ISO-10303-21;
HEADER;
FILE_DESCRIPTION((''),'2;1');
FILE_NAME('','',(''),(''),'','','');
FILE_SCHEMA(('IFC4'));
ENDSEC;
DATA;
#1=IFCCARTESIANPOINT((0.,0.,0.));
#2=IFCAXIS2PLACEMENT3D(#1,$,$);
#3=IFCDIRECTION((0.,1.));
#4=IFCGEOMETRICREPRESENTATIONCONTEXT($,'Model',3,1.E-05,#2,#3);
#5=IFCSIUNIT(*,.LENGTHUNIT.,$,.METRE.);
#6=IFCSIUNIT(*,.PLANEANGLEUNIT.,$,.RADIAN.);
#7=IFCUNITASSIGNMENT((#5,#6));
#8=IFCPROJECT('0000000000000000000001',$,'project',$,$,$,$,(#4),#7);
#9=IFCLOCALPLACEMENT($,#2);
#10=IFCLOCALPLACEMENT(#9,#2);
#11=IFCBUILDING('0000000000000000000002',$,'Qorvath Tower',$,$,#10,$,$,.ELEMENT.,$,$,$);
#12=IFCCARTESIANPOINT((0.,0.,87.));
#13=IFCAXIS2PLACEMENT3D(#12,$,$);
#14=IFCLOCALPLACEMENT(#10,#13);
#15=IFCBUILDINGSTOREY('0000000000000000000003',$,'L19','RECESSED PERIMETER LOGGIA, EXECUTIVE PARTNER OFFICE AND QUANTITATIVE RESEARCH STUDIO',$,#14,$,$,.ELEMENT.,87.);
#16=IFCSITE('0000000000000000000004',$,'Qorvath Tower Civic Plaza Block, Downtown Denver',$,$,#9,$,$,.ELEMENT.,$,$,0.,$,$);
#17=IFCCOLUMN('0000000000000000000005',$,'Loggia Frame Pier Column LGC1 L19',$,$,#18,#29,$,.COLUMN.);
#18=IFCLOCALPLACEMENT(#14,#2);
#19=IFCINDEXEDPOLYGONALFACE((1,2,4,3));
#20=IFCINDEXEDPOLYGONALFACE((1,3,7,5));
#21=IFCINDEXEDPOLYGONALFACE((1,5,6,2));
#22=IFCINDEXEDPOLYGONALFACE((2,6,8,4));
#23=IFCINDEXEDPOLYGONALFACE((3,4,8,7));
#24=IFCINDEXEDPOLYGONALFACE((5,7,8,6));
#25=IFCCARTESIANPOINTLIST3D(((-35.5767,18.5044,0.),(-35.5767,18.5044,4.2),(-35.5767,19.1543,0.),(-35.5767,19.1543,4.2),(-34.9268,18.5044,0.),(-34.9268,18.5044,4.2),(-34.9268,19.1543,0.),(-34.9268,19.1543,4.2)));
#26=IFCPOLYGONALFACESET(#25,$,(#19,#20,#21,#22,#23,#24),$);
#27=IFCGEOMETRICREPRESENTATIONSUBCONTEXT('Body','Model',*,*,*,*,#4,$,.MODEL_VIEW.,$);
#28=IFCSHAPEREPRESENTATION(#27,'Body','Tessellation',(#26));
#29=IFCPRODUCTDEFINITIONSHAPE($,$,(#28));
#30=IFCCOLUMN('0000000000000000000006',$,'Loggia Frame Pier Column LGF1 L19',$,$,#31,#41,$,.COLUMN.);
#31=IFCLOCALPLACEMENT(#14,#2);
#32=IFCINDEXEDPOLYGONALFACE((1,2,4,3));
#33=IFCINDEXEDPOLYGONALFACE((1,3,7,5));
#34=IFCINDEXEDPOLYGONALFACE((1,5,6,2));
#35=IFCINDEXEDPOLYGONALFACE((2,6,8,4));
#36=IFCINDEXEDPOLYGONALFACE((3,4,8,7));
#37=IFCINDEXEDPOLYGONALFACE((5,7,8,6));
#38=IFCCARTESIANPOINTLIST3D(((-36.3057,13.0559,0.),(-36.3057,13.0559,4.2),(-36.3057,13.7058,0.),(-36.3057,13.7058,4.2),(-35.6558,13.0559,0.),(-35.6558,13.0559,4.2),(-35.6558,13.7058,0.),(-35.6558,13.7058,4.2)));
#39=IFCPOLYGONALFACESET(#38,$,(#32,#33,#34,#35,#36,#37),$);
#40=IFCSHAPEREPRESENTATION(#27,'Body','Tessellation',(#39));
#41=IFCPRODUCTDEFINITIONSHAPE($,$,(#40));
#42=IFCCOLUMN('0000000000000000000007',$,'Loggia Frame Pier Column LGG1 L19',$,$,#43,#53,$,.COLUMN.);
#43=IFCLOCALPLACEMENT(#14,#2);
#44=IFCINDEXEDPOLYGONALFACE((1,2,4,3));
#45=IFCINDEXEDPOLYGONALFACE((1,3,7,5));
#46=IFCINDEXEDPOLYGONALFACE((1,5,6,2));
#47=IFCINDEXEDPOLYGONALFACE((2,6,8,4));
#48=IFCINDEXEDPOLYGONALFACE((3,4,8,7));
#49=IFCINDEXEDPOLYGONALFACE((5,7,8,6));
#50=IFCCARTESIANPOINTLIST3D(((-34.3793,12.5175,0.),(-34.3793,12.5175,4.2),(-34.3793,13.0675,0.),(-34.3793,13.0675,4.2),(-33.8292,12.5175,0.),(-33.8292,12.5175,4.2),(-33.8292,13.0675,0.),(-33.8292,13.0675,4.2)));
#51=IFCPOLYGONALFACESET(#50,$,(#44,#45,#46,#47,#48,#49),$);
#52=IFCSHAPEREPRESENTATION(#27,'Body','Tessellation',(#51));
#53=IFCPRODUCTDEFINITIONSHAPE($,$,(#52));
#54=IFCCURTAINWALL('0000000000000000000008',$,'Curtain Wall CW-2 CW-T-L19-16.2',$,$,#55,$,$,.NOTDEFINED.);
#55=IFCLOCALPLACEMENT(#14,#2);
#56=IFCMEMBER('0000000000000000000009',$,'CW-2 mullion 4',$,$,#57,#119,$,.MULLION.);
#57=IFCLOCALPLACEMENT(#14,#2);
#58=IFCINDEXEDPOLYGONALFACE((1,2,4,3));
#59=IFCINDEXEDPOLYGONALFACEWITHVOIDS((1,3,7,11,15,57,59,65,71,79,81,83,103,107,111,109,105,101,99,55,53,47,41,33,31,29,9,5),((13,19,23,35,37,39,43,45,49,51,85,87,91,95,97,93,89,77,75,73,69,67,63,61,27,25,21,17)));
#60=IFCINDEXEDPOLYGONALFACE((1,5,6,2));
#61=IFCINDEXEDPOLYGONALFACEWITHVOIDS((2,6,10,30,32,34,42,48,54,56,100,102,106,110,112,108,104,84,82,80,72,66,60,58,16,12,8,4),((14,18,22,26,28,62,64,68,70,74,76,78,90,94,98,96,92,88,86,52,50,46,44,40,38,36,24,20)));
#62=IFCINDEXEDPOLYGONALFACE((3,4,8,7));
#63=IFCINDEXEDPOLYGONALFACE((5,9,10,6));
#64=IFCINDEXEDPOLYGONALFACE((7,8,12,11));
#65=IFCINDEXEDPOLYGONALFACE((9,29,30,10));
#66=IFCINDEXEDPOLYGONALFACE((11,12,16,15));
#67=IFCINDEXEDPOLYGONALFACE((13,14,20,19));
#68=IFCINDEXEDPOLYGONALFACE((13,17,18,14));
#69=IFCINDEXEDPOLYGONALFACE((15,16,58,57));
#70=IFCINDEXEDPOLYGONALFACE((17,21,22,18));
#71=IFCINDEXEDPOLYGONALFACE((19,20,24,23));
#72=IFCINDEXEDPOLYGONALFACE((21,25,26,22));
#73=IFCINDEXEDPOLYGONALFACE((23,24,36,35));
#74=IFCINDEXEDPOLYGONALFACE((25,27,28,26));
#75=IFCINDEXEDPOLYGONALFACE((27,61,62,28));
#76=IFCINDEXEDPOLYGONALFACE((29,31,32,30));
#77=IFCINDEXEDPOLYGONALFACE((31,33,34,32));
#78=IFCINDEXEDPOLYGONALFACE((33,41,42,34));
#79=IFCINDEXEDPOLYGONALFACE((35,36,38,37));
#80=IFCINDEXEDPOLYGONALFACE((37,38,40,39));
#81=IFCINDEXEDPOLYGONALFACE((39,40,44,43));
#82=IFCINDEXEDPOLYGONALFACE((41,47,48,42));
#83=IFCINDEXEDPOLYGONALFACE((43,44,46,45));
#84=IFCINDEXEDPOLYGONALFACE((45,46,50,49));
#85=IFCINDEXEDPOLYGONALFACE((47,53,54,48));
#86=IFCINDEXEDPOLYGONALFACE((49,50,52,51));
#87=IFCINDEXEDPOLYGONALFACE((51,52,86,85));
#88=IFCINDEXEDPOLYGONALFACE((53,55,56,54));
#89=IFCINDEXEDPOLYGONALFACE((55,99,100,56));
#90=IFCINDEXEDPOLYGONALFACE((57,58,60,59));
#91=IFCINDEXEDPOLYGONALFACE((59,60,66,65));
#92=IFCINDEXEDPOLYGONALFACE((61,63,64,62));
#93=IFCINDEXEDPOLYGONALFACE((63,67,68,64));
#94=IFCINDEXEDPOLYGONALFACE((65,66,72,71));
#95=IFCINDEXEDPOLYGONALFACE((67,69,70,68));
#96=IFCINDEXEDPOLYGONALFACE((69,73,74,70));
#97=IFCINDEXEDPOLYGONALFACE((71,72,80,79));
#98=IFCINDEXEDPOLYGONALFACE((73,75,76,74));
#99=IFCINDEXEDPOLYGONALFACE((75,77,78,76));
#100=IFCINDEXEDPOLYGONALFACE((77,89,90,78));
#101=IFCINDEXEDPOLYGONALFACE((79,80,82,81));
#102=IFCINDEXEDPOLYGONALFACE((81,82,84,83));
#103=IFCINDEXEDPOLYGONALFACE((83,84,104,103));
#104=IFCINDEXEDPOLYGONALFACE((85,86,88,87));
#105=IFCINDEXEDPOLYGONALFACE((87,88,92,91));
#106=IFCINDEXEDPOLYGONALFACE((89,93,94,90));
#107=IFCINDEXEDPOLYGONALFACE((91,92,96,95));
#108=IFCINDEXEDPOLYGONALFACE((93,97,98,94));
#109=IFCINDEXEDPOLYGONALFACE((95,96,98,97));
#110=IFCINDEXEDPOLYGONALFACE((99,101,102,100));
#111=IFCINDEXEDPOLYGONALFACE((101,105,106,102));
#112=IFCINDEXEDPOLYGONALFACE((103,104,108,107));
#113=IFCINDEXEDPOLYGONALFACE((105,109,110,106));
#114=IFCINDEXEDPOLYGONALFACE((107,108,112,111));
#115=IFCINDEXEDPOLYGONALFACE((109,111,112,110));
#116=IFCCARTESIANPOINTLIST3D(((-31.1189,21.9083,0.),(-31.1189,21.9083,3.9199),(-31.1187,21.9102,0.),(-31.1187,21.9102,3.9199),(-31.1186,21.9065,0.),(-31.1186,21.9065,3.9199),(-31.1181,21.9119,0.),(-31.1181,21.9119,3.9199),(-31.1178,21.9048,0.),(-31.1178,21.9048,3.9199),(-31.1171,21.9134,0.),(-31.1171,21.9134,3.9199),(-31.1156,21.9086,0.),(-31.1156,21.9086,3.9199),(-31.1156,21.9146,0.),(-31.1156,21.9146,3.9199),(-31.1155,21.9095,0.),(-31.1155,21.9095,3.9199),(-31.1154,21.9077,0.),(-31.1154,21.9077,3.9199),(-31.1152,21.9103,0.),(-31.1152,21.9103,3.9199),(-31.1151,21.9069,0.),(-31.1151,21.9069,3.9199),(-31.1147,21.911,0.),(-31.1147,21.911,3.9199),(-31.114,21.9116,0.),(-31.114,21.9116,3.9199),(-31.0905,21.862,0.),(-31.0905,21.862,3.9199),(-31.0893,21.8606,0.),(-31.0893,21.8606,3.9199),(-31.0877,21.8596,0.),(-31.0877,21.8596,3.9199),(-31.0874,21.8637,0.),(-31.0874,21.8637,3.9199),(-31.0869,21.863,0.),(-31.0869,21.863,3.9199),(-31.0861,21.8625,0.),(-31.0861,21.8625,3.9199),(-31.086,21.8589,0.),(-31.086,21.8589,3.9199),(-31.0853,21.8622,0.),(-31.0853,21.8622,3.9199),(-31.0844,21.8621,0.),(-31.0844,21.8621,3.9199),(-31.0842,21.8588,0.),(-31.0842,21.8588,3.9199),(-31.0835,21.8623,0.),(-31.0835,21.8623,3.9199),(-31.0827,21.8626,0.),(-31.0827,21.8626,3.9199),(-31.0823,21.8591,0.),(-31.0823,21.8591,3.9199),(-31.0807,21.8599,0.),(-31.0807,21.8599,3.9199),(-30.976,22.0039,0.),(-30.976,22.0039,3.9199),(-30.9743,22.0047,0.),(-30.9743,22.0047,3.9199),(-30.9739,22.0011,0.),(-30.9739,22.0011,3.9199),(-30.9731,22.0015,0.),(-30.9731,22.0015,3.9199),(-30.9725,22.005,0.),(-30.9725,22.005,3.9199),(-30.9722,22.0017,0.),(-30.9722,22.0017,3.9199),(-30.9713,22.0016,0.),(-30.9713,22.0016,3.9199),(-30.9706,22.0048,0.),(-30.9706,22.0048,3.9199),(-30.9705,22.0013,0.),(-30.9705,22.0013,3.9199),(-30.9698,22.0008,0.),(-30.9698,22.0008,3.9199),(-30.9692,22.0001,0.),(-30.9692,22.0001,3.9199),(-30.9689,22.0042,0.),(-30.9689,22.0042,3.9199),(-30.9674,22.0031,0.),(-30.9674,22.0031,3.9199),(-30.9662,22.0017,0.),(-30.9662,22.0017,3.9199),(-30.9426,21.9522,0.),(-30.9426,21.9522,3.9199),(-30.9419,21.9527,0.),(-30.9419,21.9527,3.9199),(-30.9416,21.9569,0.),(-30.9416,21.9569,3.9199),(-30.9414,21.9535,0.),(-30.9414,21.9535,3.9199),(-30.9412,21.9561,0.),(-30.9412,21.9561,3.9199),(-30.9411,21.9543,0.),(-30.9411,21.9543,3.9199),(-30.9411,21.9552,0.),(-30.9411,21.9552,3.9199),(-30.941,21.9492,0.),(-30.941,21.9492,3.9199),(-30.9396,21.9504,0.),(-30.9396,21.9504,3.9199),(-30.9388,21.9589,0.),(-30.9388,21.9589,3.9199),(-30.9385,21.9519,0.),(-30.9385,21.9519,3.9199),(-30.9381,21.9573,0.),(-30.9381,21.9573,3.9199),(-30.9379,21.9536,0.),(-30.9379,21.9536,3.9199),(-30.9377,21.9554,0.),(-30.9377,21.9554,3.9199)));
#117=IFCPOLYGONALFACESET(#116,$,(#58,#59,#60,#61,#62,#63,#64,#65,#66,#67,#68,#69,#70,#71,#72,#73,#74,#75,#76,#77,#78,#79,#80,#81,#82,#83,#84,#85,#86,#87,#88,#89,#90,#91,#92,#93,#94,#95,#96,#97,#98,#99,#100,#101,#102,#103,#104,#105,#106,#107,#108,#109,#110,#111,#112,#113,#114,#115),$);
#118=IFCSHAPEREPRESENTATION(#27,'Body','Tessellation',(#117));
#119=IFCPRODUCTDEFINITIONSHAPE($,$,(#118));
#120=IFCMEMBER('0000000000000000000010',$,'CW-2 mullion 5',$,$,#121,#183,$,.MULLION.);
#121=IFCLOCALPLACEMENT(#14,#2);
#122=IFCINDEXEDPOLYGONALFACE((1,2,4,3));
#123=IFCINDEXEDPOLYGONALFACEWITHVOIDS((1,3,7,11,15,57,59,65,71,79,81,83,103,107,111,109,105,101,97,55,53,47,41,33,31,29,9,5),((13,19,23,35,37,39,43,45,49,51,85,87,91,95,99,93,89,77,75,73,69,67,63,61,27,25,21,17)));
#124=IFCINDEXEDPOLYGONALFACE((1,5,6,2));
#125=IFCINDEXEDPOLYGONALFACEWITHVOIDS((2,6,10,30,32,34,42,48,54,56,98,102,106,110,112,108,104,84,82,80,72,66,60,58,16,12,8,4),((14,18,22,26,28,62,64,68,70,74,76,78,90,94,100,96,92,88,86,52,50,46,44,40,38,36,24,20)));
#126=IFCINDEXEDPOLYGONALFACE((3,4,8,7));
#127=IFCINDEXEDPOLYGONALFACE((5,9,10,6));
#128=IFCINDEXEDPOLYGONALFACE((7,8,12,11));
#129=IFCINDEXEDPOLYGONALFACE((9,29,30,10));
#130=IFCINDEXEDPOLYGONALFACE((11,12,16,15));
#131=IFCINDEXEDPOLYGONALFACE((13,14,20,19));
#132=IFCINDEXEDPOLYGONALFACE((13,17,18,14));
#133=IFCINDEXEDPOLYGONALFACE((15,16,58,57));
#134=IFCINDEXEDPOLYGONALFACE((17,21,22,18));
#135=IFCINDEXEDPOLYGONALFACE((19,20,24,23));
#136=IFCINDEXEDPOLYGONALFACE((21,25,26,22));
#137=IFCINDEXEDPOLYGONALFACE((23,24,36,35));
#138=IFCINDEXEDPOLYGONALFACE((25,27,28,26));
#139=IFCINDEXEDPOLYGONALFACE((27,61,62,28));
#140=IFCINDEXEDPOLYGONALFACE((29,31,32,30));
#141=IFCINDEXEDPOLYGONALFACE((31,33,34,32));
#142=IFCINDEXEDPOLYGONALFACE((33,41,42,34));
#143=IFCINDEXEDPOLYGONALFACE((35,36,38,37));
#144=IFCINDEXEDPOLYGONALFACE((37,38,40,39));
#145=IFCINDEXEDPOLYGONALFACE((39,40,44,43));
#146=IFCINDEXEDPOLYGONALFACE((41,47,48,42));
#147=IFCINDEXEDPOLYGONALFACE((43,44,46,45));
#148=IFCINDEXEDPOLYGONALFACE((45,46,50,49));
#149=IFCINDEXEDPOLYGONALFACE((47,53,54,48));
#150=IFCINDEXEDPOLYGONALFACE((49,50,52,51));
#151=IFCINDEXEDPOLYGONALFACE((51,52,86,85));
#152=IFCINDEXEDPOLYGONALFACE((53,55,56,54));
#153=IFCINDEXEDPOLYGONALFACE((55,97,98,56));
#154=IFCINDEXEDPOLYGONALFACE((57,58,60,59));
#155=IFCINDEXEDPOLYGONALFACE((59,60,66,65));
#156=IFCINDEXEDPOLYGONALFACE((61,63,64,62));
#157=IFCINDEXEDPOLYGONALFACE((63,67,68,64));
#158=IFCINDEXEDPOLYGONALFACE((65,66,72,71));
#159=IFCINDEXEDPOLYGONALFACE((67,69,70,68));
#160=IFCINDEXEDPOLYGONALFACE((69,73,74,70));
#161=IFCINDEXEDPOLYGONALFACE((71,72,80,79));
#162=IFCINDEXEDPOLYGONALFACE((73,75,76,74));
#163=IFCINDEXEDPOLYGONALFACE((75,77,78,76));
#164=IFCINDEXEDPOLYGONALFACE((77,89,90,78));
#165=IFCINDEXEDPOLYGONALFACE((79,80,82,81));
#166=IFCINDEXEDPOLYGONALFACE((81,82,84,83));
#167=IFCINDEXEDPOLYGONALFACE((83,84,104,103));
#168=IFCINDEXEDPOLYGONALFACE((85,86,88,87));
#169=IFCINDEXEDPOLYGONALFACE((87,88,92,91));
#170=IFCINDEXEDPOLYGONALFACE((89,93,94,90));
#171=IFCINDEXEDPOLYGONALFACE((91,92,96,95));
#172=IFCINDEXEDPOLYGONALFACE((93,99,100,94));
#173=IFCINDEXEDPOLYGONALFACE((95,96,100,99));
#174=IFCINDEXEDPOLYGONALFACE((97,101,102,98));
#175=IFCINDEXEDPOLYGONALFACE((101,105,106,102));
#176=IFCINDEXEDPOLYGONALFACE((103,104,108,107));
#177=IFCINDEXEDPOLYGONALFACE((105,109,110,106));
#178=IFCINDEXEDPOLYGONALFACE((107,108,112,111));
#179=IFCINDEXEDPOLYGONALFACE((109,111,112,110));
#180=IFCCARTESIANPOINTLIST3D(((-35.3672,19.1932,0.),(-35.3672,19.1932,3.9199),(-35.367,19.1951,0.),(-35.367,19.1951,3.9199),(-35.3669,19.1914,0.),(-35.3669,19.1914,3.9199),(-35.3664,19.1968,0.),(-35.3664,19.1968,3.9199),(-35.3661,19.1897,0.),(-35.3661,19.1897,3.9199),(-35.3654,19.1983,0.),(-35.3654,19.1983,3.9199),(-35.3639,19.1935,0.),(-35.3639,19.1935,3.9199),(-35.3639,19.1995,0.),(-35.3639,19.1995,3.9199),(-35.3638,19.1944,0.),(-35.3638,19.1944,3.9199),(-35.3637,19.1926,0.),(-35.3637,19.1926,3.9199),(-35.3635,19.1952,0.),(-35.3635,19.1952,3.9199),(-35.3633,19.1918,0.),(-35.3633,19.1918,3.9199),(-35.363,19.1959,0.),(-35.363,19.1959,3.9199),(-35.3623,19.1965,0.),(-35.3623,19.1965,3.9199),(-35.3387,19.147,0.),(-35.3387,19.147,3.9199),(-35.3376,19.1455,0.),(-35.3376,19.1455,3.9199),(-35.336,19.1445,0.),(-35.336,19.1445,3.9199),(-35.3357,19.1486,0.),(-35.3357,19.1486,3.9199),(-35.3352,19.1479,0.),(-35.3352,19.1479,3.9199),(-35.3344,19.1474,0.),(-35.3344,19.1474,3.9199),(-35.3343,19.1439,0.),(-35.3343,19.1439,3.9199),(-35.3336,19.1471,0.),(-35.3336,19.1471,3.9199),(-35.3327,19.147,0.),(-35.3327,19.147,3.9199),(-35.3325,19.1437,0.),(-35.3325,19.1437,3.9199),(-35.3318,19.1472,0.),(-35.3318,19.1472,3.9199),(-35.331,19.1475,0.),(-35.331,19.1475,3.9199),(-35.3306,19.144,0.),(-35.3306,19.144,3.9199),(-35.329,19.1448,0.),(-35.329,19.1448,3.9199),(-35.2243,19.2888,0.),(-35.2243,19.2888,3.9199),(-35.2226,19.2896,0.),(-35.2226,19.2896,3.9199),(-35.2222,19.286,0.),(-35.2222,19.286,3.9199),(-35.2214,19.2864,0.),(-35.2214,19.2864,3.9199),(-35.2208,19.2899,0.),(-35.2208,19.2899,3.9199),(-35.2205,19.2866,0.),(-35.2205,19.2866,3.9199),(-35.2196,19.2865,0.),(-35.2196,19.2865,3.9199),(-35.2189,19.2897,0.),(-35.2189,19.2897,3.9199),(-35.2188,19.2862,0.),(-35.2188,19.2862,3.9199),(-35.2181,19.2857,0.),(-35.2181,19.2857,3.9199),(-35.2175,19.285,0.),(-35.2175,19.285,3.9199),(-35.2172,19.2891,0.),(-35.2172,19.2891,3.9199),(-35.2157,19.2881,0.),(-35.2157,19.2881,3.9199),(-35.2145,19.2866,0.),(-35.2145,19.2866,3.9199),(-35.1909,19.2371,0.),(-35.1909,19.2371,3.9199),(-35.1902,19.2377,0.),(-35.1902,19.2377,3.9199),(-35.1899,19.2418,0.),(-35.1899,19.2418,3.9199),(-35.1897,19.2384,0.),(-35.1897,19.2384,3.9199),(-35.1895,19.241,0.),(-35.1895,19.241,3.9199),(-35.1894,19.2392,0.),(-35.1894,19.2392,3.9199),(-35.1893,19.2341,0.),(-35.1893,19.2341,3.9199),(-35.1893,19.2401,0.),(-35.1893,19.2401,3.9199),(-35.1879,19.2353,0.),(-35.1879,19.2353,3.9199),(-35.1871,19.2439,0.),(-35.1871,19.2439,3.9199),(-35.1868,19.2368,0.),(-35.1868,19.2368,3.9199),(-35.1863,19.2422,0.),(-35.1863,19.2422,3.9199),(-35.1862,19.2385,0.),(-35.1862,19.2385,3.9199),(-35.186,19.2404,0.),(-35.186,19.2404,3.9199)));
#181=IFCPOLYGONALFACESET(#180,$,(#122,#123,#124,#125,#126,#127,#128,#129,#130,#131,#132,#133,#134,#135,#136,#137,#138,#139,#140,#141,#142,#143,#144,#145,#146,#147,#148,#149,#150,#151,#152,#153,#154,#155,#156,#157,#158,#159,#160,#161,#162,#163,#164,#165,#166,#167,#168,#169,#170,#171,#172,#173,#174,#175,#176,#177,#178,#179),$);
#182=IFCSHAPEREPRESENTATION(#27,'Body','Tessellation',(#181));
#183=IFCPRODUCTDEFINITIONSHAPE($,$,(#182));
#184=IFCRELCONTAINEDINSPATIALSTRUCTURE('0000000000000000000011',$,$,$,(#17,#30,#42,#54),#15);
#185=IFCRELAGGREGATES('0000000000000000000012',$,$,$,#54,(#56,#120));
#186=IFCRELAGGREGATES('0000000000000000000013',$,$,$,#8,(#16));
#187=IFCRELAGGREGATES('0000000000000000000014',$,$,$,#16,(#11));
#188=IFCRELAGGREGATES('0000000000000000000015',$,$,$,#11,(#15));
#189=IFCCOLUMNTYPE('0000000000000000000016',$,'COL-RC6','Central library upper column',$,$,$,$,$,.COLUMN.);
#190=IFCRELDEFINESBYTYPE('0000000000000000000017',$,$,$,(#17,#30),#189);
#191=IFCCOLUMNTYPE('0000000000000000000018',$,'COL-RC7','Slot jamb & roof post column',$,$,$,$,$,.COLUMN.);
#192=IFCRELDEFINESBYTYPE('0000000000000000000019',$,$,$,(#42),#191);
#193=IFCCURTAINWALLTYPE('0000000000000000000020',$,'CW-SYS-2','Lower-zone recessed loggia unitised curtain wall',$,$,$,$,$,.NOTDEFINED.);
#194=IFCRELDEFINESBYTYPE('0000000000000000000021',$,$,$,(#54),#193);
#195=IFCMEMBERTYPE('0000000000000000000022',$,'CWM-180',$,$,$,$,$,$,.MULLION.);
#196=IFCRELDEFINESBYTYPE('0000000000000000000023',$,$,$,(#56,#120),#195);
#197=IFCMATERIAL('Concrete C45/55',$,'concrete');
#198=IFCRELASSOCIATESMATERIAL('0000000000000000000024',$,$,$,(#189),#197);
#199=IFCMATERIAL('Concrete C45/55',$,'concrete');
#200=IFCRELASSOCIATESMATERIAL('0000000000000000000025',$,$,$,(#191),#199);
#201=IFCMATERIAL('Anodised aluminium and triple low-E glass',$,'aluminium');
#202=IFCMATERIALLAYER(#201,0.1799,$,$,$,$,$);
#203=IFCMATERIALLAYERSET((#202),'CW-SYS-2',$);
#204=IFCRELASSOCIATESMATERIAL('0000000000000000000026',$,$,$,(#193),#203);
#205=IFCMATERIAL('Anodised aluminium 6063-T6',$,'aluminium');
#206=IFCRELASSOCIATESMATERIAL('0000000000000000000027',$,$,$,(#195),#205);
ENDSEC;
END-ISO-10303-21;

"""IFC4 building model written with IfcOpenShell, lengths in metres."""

from ifc_helpers import new_model, si_unit, direction, frame, origin, origin_2d, place, context, subcontext, project, spatial, rectangle, hollow_rectangle, extrude, material, layer, layer_set, material_profile, profile_set, type_object, element, aggregate, save


model = new_model("IFC4")

# Units and contexts
model_context = context("Model", 3, precision=1e-05, world=origin(), true_north=direction((0.0, 1.0)))
body_context = subcontext(model_context, "Body", "Model", "MODEL_VIEW")
ifc_project = project(units=[si_unit("LENGTHUNIT", "METRE"), si_unit("PLANEANGLEUNIT", "RADIAN")], contexts=[model_context])

# Site, building, storey
site_placement = place(None, origin())
site = spatial("IfcSite", under=ifc_project, at=site_placement, Name="Qorvath Tower Civic Plaza Block, Downtown Denver", CompositionType="ELEMENT", RefElevation=0.0)
building_placement = place(site_placement, origin())
building = spatial("IfcBuilding", under=site, at=building_placement, Name="Qorvath Tower", CompositionType="ELEMENT")
storey_placement = place(building_placement, frame((0.0, 0.0, 87.0)))
storey = spatial("IfcBuildingStorey", under=building, at=storey_placement, Name="L19", Description="RECESSED PERIMETER LOGGIA, EXECUTIVE PARTNER OFFICE AND QUANTITATIVE RESEARCH STUDIO", CompositionType="ELEMENT", Elevation=87.0)

# Columns
ifc_material_1 = material(Name="Concrete C45/55", Category="concrete")
ifc_material_profile_1 = material_profile(ifc_material_1, rectangle(XDim=0.6499, YDim=0.6499, at=origin_2d()), Name="RC 650x650")
ifc_profile_set_1 = profile_set([ifc_material_profile_1], Name="Concrete C45/55")
column_type_1 = type_object("IfcColumnType", Name="COL-RC6", Description="Central library upper column", PredefinedType="COLUMN", material=ifc_profile_set_1)
for number, where, z_axis, x_axis, name in (
    (1, (-35.2517, 18.8293, 0.0), (0.0, 0.0, 1.0), (1.0, 0.0, 0.0), "Loggia Frame Pier Column LGC1 L19"),
    (2, (-35.9807, 13.3809, 0.0), (0.0, 0.0, 1.0), (1.0, 0.0, 0.0), "Loggia Frame Pier Column LGF1 L19"),
):
    element("IfcColumn", number, at=place(storey_placement, frame(where, z_axis=z_axis, x_axis=x_axis)), inside=storey, type_object=column_type_1, Name=name, PredefinedType="COLUMN", context=body_context, shape_type="SweptSolid", body=[
        extrude(rectangle(XDim=0.6499, YDim=0.6499, at=origin_2d()), origin(), (0.0, 0.0, 1.0), 4.2),
    ])
ifc_material_2 = material(Name="Concrete C45/55", Category="concrete")
ifc_material_profile_2 = material_profile(ifc_material_2, rectangle(XDim=0.55, YDim=0.55, at=origin_2d()), Name="RC 550x550")
ifc_profile_set_2 = profile_set([ifc_material_profile_2], Name="Concrete C45/55")
column_type_2 = type_object("IfcColumnType", Name="COL-RC7", Description="Slot jamb & roof post column", PredefinedType="COLUMN", material=ifc_profile_set_2)
column_placement = place(storey_placement, frame((-34.1042, 12.7925, 0.0), z_axis=(0.0, 0.0, 1.0), x_axis=(1.0, 0.0, 0.0)))
element("IfcColumn", 3, at=column_placement, inside=storey, type_object=column_type_2, Name="Loggia Frame Pier Column LGG1 L19", PredefinedType="COLUMN", context=body_context, shape_type="SweptSolid", body=[
    extrude(rectangle(XDim=0.55, YDim=0.55, at=origin_2d()), origin(), (0.0, 0.0, 1.0), 4.2),
])

# Curtain wall, members
ifc_material_3 = material(Name="Anodised aluminium and triple low-E glass", Category="aluminium")
ifc_layer_1 = layer(ifc_material_3, 0.1799)
ifc_layer_set_1 = layer_set([ifc_layer_1], Name="CW-SYS-2")
curtain_wall_type = type_object("IfcCurtainWallType", Name="CW-SYS-2", Description="Lower-zone recessed loggia unitised curtain wall", PredefinedType="NOTDEFINED", material=ifc_layer_set_1)
curtain_wall_1_placement = place(storey_placement, origin())
curtain_wall_1 = element("IfcCurtainWall", 4, at=curtain_wall_1_placement, inside=storey, type_object=curtain_wall_type, Name="Curtain Wall CW-2 CW-T-L19-16.2", PredefinedType="NOTDEFINED")
ifc_material_4 = material(Name="Anodised aluminium 6063-T6", Category="aluminium")
ifc_material_profile_3 = material_profile(ifc_material_4, hollow_rectangle(XDim=0.0649, YDim=0.1799, WallThickness=0.0034, InnerFilletRadius=0.0034, OuterFilletRadius=0.0071, at=origin_2d()), Name="CWM 180x65")
ifc_profile_set_3 = profile_set([ifc_material_profile_3], Name="Anodised aluminium 6063-T6")
member_type_1 = type_object("IfcMemberType", Name="CWM-180", PredefinedType="MULLION", material=ifc_profile_set_3)
member_1_placement = place(storey_placement, frame((-31.0283, 21.9319, 0.0), z_axis=(0.0, 0.0, 1.0), x_axis=(0.538531, -0.842606, 0.0)))
member_1 = element("IfcMember", 5, at=member_1_placement, type_object=member_type_1, Name="CW-2 mullion 4", PredefinedType="MULLION", context=body_context, shape_type="SweptSolid", body=[
    extrude(hollow_rectangle(XDim=0.0649, YDim=0.1799, WallThickness=0.0034, InnerFilletRadius=0.0034, OuterFilletRadius=0.0071, at=origin_2d()), origin(), (0.0, 0.0, 1.0), 3.9199),
])
member_2_placement = place(storey_placement, frame((-35.2766, 19.2168, 0.0), z_axis=(0.0, 0.0, 1.0), x_axis=(0.538531, -0.842606, 0.0)))
member_2 = element("IfcMember", 6, at=member_2_placement, type_object=member_type_1, Name="CW-2 mullion 5", PredefinedType="MULLION", context=body_context, shape_type="SweptSolid", body=[
    extrude(hollow_rectangle(XDim=0.0649, YDim=0.1799, WallThickness=0.0034, InnerFilletRadius=0.0034, OuterFilletRadius=0.0071, at=origin_2d()), origin(), (0.0, 0.0, 1.0), 3.9199),
])

aggregate(curtain_wall_1, [member_1, member_2])

save(model, "model.ifc")
